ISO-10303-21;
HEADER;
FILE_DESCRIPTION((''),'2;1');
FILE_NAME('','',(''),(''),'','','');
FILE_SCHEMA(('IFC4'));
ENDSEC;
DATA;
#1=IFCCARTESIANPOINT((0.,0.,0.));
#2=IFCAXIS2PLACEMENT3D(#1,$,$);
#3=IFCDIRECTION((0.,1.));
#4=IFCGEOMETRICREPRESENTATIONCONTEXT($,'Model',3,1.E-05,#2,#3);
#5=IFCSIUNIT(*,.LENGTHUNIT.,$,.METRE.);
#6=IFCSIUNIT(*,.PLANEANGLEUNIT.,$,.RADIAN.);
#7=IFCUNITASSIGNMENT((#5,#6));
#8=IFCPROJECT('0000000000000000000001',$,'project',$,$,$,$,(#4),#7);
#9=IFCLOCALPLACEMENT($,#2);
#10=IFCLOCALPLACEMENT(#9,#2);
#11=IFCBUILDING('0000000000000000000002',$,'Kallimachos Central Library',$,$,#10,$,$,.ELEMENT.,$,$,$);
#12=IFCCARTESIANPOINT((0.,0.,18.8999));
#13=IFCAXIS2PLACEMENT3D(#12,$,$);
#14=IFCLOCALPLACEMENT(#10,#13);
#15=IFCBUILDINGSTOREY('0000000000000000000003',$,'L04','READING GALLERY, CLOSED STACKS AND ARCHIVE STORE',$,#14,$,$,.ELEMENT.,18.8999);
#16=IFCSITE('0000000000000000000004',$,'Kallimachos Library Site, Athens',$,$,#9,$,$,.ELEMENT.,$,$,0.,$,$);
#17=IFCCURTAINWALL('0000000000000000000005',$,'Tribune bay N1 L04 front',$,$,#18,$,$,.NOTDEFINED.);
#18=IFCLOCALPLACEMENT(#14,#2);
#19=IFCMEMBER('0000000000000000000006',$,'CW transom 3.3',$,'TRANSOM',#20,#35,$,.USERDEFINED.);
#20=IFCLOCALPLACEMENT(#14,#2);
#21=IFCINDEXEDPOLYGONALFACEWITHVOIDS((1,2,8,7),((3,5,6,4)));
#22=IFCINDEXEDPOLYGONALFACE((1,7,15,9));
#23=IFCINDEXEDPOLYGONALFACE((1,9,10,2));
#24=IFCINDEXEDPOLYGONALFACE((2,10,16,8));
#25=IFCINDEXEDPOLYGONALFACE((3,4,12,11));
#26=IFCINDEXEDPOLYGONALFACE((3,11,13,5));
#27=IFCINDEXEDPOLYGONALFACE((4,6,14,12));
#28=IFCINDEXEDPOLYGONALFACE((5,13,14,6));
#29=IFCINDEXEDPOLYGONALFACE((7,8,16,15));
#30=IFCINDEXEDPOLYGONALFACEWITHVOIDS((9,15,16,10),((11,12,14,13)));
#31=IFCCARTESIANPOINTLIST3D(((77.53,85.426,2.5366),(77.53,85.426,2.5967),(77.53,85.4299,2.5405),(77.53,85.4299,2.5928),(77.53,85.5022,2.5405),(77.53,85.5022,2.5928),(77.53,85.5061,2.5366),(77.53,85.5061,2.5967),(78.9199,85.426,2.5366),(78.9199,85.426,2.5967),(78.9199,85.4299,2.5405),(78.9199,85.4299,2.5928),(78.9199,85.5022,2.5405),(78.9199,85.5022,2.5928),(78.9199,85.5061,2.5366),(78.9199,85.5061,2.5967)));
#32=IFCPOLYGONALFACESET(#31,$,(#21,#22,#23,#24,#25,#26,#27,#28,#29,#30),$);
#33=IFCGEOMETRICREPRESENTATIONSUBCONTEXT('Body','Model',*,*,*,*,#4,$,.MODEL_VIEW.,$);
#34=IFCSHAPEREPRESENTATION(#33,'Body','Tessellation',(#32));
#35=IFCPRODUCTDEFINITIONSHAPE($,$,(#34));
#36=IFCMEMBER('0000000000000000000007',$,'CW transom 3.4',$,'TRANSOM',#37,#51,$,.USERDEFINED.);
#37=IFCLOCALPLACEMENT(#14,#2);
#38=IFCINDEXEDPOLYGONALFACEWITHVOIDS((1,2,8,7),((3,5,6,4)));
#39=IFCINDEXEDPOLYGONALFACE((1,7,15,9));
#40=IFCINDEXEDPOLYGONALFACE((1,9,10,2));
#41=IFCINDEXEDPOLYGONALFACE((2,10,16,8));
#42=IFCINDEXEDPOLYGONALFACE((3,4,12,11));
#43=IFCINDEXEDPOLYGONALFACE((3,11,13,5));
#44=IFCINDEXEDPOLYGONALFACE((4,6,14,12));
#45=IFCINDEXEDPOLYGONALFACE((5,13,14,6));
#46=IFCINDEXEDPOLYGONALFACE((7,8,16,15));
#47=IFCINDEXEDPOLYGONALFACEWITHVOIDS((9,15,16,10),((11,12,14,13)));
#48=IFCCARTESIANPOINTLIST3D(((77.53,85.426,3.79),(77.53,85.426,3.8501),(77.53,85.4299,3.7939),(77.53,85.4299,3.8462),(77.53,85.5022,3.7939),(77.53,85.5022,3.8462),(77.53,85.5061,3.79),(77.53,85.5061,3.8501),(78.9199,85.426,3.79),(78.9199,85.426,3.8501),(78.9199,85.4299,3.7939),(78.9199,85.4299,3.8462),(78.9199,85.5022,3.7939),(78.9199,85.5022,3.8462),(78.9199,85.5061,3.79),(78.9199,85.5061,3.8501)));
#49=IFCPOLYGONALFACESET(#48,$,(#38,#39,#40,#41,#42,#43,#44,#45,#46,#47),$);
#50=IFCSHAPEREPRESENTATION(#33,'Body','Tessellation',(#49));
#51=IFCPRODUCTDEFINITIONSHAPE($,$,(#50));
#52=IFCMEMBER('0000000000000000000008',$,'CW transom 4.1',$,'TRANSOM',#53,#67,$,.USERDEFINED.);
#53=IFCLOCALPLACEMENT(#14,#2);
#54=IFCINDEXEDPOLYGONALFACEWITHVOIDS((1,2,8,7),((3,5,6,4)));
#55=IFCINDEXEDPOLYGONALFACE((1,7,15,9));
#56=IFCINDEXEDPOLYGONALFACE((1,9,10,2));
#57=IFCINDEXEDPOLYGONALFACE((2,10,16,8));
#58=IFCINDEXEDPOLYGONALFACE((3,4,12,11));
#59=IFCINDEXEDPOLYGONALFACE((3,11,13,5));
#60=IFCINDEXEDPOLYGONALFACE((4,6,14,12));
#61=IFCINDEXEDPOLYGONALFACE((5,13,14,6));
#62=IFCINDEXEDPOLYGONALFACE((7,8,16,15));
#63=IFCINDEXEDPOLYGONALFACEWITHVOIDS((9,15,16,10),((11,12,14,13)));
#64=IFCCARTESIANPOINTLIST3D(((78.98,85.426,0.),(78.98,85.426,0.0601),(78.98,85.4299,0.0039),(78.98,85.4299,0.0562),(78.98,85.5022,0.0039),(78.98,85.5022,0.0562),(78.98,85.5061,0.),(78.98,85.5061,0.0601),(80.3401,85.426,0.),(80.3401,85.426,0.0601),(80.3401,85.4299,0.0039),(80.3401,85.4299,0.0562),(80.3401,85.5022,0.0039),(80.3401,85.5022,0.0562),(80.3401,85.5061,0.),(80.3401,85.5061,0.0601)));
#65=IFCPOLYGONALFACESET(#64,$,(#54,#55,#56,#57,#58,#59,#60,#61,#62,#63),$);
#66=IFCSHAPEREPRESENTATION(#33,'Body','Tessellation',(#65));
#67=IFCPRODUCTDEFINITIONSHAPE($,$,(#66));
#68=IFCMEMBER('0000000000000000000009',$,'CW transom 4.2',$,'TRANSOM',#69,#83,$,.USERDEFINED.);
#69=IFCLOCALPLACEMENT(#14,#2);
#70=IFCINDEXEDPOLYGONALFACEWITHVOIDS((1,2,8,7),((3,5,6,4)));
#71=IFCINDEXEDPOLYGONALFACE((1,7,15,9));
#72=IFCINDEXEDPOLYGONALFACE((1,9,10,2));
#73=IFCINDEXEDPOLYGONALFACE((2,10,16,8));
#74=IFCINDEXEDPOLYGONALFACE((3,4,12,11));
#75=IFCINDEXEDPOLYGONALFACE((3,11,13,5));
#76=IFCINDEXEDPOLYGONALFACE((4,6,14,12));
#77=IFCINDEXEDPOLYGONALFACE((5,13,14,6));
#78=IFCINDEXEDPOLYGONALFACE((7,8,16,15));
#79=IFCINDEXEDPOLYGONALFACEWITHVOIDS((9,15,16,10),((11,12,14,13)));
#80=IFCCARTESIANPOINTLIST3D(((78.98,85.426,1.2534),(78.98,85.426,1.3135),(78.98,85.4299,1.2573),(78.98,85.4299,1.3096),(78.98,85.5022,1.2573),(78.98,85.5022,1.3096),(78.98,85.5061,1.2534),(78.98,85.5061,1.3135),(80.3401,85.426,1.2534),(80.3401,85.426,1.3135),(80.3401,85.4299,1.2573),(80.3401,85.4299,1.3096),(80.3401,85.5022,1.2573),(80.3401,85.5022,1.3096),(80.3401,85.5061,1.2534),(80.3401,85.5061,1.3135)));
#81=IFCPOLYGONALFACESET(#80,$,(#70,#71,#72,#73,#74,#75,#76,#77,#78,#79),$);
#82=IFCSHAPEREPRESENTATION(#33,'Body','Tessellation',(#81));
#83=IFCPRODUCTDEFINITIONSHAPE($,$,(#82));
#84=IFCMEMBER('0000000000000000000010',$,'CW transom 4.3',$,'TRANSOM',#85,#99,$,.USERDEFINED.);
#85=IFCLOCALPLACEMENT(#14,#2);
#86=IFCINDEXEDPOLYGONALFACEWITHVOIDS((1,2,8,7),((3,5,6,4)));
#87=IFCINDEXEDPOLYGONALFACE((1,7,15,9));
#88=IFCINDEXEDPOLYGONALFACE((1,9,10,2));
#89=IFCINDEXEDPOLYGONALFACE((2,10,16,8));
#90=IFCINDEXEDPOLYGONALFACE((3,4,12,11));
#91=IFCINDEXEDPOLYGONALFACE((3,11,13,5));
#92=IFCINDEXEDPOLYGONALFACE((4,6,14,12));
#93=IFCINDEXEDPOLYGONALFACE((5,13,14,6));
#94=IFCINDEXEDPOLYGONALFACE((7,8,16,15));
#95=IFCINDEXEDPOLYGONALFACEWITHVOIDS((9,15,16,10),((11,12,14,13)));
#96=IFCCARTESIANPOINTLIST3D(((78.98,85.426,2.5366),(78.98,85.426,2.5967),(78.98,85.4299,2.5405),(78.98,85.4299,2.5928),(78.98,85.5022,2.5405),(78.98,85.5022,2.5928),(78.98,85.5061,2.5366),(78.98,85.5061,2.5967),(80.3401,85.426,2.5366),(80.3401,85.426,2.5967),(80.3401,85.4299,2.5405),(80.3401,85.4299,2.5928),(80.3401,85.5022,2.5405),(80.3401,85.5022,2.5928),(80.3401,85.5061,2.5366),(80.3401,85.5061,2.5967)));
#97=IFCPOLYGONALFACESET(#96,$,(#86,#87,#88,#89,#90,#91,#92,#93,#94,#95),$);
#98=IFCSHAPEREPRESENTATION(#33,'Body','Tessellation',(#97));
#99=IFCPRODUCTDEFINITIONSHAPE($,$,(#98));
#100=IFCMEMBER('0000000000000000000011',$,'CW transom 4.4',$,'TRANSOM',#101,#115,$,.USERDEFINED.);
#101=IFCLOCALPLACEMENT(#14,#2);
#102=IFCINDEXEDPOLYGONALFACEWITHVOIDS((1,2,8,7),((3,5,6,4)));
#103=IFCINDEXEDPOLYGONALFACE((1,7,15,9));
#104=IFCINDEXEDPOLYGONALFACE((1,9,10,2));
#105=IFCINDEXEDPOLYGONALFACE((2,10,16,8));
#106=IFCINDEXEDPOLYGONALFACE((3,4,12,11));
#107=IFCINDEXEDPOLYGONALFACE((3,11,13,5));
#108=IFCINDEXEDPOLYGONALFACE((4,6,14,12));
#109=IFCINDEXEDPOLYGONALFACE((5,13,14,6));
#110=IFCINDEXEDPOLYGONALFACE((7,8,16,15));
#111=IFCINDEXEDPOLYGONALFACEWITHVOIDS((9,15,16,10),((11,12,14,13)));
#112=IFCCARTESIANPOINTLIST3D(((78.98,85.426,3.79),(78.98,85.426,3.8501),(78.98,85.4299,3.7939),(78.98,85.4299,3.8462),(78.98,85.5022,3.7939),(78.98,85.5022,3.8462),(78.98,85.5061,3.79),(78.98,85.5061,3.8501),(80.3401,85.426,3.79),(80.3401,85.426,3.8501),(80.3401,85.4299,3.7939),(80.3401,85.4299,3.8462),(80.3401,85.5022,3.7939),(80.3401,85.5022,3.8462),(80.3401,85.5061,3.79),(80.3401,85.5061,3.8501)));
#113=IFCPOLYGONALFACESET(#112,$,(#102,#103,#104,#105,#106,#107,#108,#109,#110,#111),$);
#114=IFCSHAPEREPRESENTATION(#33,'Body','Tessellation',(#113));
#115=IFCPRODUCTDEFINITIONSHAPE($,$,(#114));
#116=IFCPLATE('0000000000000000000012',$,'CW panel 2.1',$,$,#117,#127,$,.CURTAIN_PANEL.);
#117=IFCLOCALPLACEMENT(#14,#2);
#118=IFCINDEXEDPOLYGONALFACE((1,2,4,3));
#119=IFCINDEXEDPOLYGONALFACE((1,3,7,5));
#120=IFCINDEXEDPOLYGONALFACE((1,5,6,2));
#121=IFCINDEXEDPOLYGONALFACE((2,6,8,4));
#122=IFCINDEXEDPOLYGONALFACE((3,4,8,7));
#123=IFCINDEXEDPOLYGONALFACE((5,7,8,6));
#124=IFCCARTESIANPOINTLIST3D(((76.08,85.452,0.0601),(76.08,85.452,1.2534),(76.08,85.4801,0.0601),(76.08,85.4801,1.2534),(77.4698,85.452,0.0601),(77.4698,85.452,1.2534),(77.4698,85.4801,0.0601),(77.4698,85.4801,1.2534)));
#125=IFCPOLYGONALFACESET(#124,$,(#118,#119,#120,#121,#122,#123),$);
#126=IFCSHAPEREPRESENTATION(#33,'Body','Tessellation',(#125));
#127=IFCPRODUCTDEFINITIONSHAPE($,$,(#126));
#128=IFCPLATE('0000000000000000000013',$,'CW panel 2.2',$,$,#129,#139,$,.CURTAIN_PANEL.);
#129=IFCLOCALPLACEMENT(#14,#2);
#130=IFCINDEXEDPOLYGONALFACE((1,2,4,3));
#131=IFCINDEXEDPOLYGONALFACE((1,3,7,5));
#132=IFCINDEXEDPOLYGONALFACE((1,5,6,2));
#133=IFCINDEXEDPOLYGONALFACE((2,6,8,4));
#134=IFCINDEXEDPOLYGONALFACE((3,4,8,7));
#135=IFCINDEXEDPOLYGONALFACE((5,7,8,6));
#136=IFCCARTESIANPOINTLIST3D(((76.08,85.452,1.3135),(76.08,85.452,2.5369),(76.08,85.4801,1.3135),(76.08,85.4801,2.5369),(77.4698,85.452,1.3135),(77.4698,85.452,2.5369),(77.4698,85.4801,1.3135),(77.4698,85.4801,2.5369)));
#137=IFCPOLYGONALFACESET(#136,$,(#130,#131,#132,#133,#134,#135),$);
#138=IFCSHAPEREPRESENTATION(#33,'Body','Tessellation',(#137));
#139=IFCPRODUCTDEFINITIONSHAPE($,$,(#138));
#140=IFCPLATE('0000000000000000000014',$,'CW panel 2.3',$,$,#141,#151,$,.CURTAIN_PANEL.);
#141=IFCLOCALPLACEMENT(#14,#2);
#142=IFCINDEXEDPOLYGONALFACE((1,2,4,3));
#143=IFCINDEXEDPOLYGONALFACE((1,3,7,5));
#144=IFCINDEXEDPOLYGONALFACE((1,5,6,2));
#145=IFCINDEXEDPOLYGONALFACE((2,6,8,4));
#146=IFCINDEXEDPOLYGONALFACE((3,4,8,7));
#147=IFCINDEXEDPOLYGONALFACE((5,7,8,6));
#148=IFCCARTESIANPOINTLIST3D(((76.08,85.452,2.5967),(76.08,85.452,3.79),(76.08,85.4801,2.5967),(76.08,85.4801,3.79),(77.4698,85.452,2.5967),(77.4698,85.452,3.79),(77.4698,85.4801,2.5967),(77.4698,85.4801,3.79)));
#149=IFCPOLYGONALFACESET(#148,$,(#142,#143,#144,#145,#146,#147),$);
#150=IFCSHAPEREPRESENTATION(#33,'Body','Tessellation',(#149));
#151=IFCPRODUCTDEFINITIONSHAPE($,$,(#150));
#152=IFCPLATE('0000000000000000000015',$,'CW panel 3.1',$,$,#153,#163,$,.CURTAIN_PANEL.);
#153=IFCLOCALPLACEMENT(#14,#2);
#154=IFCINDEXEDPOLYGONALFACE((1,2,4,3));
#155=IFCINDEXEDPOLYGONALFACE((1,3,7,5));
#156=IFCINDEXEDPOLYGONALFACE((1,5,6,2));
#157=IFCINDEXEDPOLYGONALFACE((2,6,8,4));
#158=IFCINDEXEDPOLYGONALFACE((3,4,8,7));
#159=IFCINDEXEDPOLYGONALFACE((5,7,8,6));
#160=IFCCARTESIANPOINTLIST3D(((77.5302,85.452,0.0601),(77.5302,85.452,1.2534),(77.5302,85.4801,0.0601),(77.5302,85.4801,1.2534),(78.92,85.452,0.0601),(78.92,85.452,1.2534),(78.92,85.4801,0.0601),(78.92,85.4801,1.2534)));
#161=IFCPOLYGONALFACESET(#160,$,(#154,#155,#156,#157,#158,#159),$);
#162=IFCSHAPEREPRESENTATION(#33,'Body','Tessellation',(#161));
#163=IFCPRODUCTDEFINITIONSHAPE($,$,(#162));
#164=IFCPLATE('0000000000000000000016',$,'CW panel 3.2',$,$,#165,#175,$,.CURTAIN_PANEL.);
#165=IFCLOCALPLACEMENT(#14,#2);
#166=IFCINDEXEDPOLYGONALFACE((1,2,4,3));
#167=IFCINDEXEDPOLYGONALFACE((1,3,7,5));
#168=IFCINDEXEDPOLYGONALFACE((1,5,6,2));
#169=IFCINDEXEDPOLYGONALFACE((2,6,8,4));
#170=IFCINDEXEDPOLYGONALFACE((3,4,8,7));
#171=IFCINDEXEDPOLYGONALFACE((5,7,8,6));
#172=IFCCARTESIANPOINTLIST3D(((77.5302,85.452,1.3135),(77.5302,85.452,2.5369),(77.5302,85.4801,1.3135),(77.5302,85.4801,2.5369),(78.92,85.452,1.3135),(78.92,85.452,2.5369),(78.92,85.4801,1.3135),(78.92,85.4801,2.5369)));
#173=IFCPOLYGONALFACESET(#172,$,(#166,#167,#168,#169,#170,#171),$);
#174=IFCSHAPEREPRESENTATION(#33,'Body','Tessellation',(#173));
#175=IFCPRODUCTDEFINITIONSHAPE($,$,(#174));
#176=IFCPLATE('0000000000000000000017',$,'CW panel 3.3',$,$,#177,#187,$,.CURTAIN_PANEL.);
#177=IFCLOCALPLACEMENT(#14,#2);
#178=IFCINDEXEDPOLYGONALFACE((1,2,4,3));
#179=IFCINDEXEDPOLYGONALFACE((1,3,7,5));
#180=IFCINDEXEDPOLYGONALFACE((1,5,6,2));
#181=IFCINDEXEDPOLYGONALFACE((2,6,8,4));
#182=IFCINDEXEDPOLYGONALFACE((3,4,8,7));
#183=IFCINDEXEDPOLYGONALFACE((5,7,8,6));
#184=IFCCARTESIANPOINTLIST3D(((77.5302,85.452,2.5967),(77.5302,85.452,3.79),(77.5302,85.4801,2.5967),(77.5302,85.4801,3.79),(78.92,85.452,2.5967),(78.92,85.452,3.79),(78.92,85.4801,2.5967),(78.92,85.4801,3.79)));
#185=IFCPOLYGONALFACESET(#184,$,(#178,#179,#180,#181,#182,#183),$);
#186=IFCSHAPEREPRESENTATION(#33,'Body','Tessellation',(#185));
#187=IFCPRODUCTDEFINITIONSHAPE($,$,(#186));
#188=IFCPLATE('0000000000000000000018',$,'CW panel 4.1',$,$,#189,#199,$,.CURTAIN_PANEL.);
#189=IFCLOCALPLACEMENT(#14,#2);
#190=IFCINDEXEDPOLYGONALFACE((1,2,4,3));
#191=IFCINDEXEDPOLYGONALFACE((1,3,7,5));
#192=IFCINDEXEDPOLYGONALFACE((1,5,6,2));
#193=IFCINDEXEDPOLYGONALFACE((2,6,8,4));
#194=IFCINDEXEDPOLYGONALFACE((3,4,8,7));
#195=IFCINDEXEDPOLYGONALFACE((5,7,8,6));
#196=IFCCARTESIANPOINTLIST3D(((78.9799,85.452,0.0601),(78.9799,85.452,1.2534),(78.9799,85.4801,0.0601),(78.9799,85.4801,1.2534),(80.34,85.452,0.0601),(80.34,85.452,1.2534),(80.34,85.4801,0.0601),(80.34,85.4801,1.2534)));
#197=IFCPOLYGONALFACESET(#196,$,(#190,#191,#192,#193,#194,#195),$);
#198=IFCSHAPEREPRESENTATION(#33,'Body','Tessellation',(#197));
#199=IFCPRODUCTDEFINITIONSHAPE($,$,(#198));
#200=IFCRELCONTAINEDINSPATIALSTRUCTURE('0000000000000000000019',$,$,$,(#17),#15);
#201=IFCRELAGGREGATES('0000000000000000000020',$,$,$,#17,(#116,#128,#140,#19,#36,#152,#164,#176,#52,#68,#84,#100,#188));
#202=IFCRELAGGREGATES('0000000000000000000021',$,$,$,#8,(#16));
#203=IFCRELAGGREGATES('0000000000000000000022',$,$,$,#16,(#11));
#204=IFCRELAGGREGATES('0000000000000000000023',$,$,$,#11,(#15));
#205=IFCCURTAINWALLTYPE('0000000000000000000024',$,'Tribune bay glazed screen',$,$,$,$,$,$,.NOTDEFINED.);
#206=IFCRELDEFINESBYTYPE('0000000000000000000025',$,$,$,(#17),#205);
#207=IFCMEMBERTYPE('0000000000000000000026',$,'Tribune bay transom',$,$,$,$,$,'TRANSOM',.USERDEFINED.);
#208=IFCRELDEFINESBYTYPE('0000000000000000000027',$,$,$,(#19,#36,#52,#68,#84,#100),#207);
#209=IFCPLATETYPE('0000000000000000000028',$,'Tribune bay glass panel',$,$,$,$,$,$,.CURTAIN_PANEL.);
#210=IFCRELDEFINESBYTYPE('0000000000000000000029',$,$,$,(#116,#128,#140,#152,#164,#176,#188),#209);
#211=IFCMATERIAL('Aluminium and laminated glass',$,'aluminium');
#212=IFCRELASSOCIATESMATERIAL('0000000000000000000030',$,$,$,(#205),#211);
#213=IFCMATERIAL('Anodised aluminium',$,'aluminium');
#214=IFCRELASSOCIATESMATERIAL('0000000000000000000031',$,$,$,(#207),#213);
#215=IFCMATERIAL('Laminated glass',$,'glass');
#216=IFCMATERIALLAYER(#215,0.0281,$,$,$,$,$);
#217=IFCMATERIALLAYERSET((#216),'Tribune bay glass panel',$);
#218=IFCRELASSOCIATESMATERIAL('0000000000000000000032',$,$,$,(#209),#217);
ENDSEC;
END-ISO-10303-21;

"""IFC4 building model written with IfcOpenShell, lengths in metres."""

from ifc_helpers import new_model, si_unit, direction, frame, origin, origin_2d, place, context, subcontext, project, spatial, rectangle, hollow_rectangle, extrude, material, layer, layer_set, material_profile, profile_set, type_object, element, aggregate, save


model = new_model("IFC4")

# Units and contexts
model_context = context("Model", 3, precision=1e-05, world=origin(), true_north=direction((0.0, 1.0)))
body_context = subcontext(model_context, "Body", "Model", "MODEL_VIEW")
ifc_project = project(units=[si_unit("LENGTHUNIT", "METRE"), si_unit("PLANEANGLEUNIT", "RADIAN")], contexts=[model_context])

# Site, building, storey
site_placement = place(None, origin())
site = spatial("IfcSite", under=ifc_project, at=site_placement, Name="Kallimachos Library Site, Athens", CompositionType="ELEMENT", RefElevation=0.0)
building_placement = place(site_placement, origin())
building = spatial("IfcBuilding", under=site, at=building_placement, Name="Kallimachos Central Library", CompositionType="ELEMENT")
storey_placement = place(building_placement, frame((0.0, 0.0, 18.8999)))
storey = spatial("IfcBuildingStorey", under=building, at=storey_placement, Name="L04", Description="READING GALLERY, CLOSED STACKS AND ARCHIVE STORE", CompositionType="ELEMENT", Elevation=18.8999)

# Curtain wall, members, plates
ifc_material_1 = material(Name="Aluminium and laminated glass", Category="aluminium")
curtain_wall_type = type_object("IfcCurtainWallType", Name="Tribune bay glazed screen", PredefinedType="NOTDEFINED", material=ifc_material_1)
curtain_wall_placement = place(storey_placement, origin())
curtain_wall = element("IfcCurtainWall", 1, at=curtain_wall_placement, inside=storey, type_object=curtain_wall_type, Name="Tribune bay N1 L04 front", PredefinedType="NOTDEFINED")
ifc_material_2 = material(Name="Anodised aluminium", Category="aluminium")
ifc_material_profile_1 = material_profile(ifc_material_2, hollow_rectangle(XDim=0.0601, YDim=0.0801, WallThickness=0.0039, at=origin_2d()), Name="ALU TRANSOM 60x80")
ifc_profile_set_1 = profile_set([ifc_material_profile_1], Name="Anodised aluminium")
member_type_1 = type_object("IfcMemberType", Name="Tribune bay transom", ElementType="TRANSOM", PredefinedType="USERDEFINED", material=ifc_profile_set_1)
member_1_placement = place(storey_placement, frame((77.53, 85.4661, 2.5667), z_axis=(1.0, 0.0, 0.0), x_axis=(0.0, 0.0, 1.0)))
member_1 = element("IfcMember", 2, at=member_1_placement, type_object=member_type_1, Name="CW transom 3.3", ObjectType="TRANSOM", PredefinedType="USERDEFINED", context=body_context, shape_type="SweptSolid", body=[
    extrude(hollow_rectangle(XDim=0.0601, YDim=0.0801, WallThickness=0.0039, at=origin_2d()), origin(), (0.0, 0.0, 1.0), 1.3899),
])
member_2_placement = place(storey_placement, frame((77.53, 85.4661, 3.8201), z_axis=(1.0, 0.0, 0.0), x_axis=(0.0, 0.0, 1.0)))
member_2 = element("IfcMember", 3, at=member_2_placement, type_object=member_type_1, Name="CW transom 3.4", ObjectType="TRANSOM", PredefinedType="USERDEFINED", context=body_context, shape_type="SweptSolid", body=[
    extrude(hollow_rectangle(XDim=0.0601, YDim=0.0801, WallThickness=0.0039, at=origin_2d()), origin(), (0.0, 0.0, 1.0), 1.3899),
])
member_3_placement = place(storey_placement, frame((78.98, 85.4661, 0.03), z_axis=(1.0, 0.0, 0.0), x_axis=(0.0, 0.0, 1.0)))
member_3 = element("IfcMember", 4, at=member_3_placement, type_object=member_type_1, Name="CW transom 4.1", ObjectType="TRANSOM", PredefinedType="USERDEFINED", context=body_context, shape_type="SweptSolid", body=[
    extrude(hollow_rectangle(XDim=0.0601, YDim=0.0801, WallThickness=0.0039, at=origin_2d()), origin(), (0.0, 0.0, 1.0), 1.3601),
])
member_4_placement = place(storey_placement, frame((78.98, 85.4661, 1.2834), z_axis=(1.0, 0.0, 0.0), x_axis=(0.0, 0.0, 1.0)))
member_4 = element("IfcMember", 5, at=member_4_placement, type_object=member_type_1, Name="CW transom 4.2", ObjectType="TRANSOM", PredefinedType="USERDEFINED", context=body_context, shape_type="SweptSolid", body=[
    extrude(hollow_rectangle(XDim=0.0601, YDim=0.0801, WallThickness=0.0039, at=origin_2d()), origin(), (0.0, 0.0, 1.0), 1.3601),
])
member_5_placement = place(storey_placement, frame((78.98, 85.4661, 2.5667), z_axis=(1.0, 0.0, 0.0), x_axis=(0.0, 0.0, 1.0)))
member_5 = element("IfcMember", 6, at=member_5_placement, type_object=member_type_1, Name="CW transom 4.3", ObjectType="TRANSOM", PredefinedType="USERDEFINED", context=body_context, shape_type="SweptSolid", body=[
    extrude(hollow_rectangle(XDim=0.0601, YDim=0.0801, WallThickness=0.0039, at=origin_2d()), origin(), (0.0, 0.0, 1.0), 1.3601),
])
member_6_placement = place(storey_placement, frame((78.98, 85.4661, 3.8201), z_axis=(1.0, 0.0, 0.0), x_axis=(0.0, 0.0, 1.0)))
member_6 = element("IfcMember", 7, at=member_6_placement, type_object=member_type_1, Name="CW transom 4.4", ObjectType="TRANSOM", PredefinedType="USERDEFINED", context=body_context, shape_type="SweptSolid", body=[
    extrude(hollow_rectangle(XDim=0.0601, YDim=0.0801, WallThickness=0.0039, at=origin_2d()), origin(), (0.0, 0.0, 1.0), 1.3601),
])
ifc_material_3 = material(Name="Laminated glass", Category="glass")
ifc_layer = layer(ifc_material_3, 0.0281)
ifc_layer_set = layer_set([ifc_layer], Name="Tribune bay glass panel")
plate_type = type_object("IfcPlateType", Name="Tribune bay glass panel", PredefinedType="CURTAIN_PANEL", material=ifc_layer_set)
plate_1_placement = place(storey_placement, frame((76.7749, 85.4661, 0.0601), z_axis=(0.0, 0.0, 1.0), x_axis=(1.0, 0.0, 0.0)))
plate_1 = element("IfcPlate", 8, at=plate_1_placement, type_object=plate_type, Name="CW panel 2.1", PredefinedType="CURTAIN_PANEL", context=body_context, shape_type="SweptSolid", body=[
    extrude(rectangle(XDim=1.3899, YDim=0.0281, at=origin_2d()), origin(), (0.0, 0.0, 1.0), 1.1934),
])
plate_2_placement = place(storey_placement, frame((76.7749, 85.4661, 1.3135), z_axis=(0.0, 0.0, 1.0), x_axis=(1.0, 0.0, 0.0)))
plate_2 = element("IfcPlate", 9, at=plate_2_placement, type_object=plate_type, Name="CW panel 2.2", PredefinedType="CURTAIN_PANEL", context=body_context, shape_type="SweptSolid", body=[
    extrude(rectangle(XDim=1.3899, YDim=0.0281, at=origin_2d()), origin(), (0.0, 0.0, 1.0), 1.2234),
])
plate_3_placement = place(storey_placement, frame((76.7749, 85.4661, 2.5967), z_axis=(0.0, 0.0, 1.0), x_axis=(1.0, 0.0, 0.0)))
plate_3 = element("IfcPlate", 10, at=plate_3_placement, type_object=plate_type, Name="CW panel 2.3", PredefinedType="CURTAIN_PANEL", context=body_context, shape_type="SweptSolid", body=[
    extrude(rectangle(XDim=1.3899, YDim=0.0281, at=origin_2d()), origin(), (0.0, 0.0, 1.0), 1.1934),
])
plate_4_placement = place(storey_placement, frame((78.2251, 85.4661, 0.0601), z_axis=(0.0, 0.0, 1.0), x_axis=(1.0, 0.0, 0.0)))
plate_4 = element("IfcPlate", 11, at=plate_4_placement, type_object=plate_type, Name="CW panel 3.1", PredefinedType="CURTAIN_PANEL", context=body_context, shape_type="SweptSolid", body=[
    extrude(rectangle(XDim=1.3899, YDim=0.0281, at=origin_2d()), origin(), (0.0, 0.0, 1.0), 1.1934),
])
plate_5_placement = place(storey_placement, frame((78.2251, 85.4661, 1.3135), z_axis=(0.0, 0.0, 1.0), x_axis=(1.0, 0.0, 0.0)))
plate_5 = element("IfcPlate", 12, at=plate_5_placement, type_object=plate_type, Name="CW panel 3.2", PredefinedType="CURTAIN_PANEL", context=body_context, shape_type="SweptSolid", body=[
    extrude(rectangle(XDim=1.3899, YDim=0.0281, at=origin_2d()), origin(), (0.0, 0.0, 1.0), 1.2234),
])
plate_6_placement = place(storey_placement, frame((78.2251, 85.4661, 2.5967), z_axis=(0.0, 0.0, 1.0), x_axis=(1.0, 0.0, 0.0)))
plate_6 = element("IfcPlate", 13, at=plate_6_placement, type_object=plate_type, Name="CW panel 3.3", PredefinedType="CURTAIN_PANEL", context=body_context, shape_type="SweptSolid", body=[
    extrude(rectangle(XDim=1.3899, YDim=0.0281, at=origin_2d()), origin(), (0.0, 0.0, 1.0), 1.1934),
])
plate_7_placement = place(storey_placement, frame((79.6599, 85.4661, 0.0601), z_axis=(0.0, 0.0, 1.0), x_axis=(1.0, 0.0, 0.0)))
plate_7 = element("IfcPlate", 14, at=plate_7_placement, type_object=plate_type, Name="CW panel 4.1", PredefinedType="CURTAIN_PANEL", context=body_context, shape_type="SweptSolid", body=[
    extrude(rectangle(XDim=1.3601, YDim=0.0281, at=origin_2d()), origin(), (0.0, 0.0, 1.0), 1.1934),
])
aggregate(curtain_wall, [plate_1, plate_2, plate_3, member_1, member_2, plate_4, plate_5, plate_6, member_3, member_4, member_5, member_6, plate_7])

save(model, "model.ifc")
